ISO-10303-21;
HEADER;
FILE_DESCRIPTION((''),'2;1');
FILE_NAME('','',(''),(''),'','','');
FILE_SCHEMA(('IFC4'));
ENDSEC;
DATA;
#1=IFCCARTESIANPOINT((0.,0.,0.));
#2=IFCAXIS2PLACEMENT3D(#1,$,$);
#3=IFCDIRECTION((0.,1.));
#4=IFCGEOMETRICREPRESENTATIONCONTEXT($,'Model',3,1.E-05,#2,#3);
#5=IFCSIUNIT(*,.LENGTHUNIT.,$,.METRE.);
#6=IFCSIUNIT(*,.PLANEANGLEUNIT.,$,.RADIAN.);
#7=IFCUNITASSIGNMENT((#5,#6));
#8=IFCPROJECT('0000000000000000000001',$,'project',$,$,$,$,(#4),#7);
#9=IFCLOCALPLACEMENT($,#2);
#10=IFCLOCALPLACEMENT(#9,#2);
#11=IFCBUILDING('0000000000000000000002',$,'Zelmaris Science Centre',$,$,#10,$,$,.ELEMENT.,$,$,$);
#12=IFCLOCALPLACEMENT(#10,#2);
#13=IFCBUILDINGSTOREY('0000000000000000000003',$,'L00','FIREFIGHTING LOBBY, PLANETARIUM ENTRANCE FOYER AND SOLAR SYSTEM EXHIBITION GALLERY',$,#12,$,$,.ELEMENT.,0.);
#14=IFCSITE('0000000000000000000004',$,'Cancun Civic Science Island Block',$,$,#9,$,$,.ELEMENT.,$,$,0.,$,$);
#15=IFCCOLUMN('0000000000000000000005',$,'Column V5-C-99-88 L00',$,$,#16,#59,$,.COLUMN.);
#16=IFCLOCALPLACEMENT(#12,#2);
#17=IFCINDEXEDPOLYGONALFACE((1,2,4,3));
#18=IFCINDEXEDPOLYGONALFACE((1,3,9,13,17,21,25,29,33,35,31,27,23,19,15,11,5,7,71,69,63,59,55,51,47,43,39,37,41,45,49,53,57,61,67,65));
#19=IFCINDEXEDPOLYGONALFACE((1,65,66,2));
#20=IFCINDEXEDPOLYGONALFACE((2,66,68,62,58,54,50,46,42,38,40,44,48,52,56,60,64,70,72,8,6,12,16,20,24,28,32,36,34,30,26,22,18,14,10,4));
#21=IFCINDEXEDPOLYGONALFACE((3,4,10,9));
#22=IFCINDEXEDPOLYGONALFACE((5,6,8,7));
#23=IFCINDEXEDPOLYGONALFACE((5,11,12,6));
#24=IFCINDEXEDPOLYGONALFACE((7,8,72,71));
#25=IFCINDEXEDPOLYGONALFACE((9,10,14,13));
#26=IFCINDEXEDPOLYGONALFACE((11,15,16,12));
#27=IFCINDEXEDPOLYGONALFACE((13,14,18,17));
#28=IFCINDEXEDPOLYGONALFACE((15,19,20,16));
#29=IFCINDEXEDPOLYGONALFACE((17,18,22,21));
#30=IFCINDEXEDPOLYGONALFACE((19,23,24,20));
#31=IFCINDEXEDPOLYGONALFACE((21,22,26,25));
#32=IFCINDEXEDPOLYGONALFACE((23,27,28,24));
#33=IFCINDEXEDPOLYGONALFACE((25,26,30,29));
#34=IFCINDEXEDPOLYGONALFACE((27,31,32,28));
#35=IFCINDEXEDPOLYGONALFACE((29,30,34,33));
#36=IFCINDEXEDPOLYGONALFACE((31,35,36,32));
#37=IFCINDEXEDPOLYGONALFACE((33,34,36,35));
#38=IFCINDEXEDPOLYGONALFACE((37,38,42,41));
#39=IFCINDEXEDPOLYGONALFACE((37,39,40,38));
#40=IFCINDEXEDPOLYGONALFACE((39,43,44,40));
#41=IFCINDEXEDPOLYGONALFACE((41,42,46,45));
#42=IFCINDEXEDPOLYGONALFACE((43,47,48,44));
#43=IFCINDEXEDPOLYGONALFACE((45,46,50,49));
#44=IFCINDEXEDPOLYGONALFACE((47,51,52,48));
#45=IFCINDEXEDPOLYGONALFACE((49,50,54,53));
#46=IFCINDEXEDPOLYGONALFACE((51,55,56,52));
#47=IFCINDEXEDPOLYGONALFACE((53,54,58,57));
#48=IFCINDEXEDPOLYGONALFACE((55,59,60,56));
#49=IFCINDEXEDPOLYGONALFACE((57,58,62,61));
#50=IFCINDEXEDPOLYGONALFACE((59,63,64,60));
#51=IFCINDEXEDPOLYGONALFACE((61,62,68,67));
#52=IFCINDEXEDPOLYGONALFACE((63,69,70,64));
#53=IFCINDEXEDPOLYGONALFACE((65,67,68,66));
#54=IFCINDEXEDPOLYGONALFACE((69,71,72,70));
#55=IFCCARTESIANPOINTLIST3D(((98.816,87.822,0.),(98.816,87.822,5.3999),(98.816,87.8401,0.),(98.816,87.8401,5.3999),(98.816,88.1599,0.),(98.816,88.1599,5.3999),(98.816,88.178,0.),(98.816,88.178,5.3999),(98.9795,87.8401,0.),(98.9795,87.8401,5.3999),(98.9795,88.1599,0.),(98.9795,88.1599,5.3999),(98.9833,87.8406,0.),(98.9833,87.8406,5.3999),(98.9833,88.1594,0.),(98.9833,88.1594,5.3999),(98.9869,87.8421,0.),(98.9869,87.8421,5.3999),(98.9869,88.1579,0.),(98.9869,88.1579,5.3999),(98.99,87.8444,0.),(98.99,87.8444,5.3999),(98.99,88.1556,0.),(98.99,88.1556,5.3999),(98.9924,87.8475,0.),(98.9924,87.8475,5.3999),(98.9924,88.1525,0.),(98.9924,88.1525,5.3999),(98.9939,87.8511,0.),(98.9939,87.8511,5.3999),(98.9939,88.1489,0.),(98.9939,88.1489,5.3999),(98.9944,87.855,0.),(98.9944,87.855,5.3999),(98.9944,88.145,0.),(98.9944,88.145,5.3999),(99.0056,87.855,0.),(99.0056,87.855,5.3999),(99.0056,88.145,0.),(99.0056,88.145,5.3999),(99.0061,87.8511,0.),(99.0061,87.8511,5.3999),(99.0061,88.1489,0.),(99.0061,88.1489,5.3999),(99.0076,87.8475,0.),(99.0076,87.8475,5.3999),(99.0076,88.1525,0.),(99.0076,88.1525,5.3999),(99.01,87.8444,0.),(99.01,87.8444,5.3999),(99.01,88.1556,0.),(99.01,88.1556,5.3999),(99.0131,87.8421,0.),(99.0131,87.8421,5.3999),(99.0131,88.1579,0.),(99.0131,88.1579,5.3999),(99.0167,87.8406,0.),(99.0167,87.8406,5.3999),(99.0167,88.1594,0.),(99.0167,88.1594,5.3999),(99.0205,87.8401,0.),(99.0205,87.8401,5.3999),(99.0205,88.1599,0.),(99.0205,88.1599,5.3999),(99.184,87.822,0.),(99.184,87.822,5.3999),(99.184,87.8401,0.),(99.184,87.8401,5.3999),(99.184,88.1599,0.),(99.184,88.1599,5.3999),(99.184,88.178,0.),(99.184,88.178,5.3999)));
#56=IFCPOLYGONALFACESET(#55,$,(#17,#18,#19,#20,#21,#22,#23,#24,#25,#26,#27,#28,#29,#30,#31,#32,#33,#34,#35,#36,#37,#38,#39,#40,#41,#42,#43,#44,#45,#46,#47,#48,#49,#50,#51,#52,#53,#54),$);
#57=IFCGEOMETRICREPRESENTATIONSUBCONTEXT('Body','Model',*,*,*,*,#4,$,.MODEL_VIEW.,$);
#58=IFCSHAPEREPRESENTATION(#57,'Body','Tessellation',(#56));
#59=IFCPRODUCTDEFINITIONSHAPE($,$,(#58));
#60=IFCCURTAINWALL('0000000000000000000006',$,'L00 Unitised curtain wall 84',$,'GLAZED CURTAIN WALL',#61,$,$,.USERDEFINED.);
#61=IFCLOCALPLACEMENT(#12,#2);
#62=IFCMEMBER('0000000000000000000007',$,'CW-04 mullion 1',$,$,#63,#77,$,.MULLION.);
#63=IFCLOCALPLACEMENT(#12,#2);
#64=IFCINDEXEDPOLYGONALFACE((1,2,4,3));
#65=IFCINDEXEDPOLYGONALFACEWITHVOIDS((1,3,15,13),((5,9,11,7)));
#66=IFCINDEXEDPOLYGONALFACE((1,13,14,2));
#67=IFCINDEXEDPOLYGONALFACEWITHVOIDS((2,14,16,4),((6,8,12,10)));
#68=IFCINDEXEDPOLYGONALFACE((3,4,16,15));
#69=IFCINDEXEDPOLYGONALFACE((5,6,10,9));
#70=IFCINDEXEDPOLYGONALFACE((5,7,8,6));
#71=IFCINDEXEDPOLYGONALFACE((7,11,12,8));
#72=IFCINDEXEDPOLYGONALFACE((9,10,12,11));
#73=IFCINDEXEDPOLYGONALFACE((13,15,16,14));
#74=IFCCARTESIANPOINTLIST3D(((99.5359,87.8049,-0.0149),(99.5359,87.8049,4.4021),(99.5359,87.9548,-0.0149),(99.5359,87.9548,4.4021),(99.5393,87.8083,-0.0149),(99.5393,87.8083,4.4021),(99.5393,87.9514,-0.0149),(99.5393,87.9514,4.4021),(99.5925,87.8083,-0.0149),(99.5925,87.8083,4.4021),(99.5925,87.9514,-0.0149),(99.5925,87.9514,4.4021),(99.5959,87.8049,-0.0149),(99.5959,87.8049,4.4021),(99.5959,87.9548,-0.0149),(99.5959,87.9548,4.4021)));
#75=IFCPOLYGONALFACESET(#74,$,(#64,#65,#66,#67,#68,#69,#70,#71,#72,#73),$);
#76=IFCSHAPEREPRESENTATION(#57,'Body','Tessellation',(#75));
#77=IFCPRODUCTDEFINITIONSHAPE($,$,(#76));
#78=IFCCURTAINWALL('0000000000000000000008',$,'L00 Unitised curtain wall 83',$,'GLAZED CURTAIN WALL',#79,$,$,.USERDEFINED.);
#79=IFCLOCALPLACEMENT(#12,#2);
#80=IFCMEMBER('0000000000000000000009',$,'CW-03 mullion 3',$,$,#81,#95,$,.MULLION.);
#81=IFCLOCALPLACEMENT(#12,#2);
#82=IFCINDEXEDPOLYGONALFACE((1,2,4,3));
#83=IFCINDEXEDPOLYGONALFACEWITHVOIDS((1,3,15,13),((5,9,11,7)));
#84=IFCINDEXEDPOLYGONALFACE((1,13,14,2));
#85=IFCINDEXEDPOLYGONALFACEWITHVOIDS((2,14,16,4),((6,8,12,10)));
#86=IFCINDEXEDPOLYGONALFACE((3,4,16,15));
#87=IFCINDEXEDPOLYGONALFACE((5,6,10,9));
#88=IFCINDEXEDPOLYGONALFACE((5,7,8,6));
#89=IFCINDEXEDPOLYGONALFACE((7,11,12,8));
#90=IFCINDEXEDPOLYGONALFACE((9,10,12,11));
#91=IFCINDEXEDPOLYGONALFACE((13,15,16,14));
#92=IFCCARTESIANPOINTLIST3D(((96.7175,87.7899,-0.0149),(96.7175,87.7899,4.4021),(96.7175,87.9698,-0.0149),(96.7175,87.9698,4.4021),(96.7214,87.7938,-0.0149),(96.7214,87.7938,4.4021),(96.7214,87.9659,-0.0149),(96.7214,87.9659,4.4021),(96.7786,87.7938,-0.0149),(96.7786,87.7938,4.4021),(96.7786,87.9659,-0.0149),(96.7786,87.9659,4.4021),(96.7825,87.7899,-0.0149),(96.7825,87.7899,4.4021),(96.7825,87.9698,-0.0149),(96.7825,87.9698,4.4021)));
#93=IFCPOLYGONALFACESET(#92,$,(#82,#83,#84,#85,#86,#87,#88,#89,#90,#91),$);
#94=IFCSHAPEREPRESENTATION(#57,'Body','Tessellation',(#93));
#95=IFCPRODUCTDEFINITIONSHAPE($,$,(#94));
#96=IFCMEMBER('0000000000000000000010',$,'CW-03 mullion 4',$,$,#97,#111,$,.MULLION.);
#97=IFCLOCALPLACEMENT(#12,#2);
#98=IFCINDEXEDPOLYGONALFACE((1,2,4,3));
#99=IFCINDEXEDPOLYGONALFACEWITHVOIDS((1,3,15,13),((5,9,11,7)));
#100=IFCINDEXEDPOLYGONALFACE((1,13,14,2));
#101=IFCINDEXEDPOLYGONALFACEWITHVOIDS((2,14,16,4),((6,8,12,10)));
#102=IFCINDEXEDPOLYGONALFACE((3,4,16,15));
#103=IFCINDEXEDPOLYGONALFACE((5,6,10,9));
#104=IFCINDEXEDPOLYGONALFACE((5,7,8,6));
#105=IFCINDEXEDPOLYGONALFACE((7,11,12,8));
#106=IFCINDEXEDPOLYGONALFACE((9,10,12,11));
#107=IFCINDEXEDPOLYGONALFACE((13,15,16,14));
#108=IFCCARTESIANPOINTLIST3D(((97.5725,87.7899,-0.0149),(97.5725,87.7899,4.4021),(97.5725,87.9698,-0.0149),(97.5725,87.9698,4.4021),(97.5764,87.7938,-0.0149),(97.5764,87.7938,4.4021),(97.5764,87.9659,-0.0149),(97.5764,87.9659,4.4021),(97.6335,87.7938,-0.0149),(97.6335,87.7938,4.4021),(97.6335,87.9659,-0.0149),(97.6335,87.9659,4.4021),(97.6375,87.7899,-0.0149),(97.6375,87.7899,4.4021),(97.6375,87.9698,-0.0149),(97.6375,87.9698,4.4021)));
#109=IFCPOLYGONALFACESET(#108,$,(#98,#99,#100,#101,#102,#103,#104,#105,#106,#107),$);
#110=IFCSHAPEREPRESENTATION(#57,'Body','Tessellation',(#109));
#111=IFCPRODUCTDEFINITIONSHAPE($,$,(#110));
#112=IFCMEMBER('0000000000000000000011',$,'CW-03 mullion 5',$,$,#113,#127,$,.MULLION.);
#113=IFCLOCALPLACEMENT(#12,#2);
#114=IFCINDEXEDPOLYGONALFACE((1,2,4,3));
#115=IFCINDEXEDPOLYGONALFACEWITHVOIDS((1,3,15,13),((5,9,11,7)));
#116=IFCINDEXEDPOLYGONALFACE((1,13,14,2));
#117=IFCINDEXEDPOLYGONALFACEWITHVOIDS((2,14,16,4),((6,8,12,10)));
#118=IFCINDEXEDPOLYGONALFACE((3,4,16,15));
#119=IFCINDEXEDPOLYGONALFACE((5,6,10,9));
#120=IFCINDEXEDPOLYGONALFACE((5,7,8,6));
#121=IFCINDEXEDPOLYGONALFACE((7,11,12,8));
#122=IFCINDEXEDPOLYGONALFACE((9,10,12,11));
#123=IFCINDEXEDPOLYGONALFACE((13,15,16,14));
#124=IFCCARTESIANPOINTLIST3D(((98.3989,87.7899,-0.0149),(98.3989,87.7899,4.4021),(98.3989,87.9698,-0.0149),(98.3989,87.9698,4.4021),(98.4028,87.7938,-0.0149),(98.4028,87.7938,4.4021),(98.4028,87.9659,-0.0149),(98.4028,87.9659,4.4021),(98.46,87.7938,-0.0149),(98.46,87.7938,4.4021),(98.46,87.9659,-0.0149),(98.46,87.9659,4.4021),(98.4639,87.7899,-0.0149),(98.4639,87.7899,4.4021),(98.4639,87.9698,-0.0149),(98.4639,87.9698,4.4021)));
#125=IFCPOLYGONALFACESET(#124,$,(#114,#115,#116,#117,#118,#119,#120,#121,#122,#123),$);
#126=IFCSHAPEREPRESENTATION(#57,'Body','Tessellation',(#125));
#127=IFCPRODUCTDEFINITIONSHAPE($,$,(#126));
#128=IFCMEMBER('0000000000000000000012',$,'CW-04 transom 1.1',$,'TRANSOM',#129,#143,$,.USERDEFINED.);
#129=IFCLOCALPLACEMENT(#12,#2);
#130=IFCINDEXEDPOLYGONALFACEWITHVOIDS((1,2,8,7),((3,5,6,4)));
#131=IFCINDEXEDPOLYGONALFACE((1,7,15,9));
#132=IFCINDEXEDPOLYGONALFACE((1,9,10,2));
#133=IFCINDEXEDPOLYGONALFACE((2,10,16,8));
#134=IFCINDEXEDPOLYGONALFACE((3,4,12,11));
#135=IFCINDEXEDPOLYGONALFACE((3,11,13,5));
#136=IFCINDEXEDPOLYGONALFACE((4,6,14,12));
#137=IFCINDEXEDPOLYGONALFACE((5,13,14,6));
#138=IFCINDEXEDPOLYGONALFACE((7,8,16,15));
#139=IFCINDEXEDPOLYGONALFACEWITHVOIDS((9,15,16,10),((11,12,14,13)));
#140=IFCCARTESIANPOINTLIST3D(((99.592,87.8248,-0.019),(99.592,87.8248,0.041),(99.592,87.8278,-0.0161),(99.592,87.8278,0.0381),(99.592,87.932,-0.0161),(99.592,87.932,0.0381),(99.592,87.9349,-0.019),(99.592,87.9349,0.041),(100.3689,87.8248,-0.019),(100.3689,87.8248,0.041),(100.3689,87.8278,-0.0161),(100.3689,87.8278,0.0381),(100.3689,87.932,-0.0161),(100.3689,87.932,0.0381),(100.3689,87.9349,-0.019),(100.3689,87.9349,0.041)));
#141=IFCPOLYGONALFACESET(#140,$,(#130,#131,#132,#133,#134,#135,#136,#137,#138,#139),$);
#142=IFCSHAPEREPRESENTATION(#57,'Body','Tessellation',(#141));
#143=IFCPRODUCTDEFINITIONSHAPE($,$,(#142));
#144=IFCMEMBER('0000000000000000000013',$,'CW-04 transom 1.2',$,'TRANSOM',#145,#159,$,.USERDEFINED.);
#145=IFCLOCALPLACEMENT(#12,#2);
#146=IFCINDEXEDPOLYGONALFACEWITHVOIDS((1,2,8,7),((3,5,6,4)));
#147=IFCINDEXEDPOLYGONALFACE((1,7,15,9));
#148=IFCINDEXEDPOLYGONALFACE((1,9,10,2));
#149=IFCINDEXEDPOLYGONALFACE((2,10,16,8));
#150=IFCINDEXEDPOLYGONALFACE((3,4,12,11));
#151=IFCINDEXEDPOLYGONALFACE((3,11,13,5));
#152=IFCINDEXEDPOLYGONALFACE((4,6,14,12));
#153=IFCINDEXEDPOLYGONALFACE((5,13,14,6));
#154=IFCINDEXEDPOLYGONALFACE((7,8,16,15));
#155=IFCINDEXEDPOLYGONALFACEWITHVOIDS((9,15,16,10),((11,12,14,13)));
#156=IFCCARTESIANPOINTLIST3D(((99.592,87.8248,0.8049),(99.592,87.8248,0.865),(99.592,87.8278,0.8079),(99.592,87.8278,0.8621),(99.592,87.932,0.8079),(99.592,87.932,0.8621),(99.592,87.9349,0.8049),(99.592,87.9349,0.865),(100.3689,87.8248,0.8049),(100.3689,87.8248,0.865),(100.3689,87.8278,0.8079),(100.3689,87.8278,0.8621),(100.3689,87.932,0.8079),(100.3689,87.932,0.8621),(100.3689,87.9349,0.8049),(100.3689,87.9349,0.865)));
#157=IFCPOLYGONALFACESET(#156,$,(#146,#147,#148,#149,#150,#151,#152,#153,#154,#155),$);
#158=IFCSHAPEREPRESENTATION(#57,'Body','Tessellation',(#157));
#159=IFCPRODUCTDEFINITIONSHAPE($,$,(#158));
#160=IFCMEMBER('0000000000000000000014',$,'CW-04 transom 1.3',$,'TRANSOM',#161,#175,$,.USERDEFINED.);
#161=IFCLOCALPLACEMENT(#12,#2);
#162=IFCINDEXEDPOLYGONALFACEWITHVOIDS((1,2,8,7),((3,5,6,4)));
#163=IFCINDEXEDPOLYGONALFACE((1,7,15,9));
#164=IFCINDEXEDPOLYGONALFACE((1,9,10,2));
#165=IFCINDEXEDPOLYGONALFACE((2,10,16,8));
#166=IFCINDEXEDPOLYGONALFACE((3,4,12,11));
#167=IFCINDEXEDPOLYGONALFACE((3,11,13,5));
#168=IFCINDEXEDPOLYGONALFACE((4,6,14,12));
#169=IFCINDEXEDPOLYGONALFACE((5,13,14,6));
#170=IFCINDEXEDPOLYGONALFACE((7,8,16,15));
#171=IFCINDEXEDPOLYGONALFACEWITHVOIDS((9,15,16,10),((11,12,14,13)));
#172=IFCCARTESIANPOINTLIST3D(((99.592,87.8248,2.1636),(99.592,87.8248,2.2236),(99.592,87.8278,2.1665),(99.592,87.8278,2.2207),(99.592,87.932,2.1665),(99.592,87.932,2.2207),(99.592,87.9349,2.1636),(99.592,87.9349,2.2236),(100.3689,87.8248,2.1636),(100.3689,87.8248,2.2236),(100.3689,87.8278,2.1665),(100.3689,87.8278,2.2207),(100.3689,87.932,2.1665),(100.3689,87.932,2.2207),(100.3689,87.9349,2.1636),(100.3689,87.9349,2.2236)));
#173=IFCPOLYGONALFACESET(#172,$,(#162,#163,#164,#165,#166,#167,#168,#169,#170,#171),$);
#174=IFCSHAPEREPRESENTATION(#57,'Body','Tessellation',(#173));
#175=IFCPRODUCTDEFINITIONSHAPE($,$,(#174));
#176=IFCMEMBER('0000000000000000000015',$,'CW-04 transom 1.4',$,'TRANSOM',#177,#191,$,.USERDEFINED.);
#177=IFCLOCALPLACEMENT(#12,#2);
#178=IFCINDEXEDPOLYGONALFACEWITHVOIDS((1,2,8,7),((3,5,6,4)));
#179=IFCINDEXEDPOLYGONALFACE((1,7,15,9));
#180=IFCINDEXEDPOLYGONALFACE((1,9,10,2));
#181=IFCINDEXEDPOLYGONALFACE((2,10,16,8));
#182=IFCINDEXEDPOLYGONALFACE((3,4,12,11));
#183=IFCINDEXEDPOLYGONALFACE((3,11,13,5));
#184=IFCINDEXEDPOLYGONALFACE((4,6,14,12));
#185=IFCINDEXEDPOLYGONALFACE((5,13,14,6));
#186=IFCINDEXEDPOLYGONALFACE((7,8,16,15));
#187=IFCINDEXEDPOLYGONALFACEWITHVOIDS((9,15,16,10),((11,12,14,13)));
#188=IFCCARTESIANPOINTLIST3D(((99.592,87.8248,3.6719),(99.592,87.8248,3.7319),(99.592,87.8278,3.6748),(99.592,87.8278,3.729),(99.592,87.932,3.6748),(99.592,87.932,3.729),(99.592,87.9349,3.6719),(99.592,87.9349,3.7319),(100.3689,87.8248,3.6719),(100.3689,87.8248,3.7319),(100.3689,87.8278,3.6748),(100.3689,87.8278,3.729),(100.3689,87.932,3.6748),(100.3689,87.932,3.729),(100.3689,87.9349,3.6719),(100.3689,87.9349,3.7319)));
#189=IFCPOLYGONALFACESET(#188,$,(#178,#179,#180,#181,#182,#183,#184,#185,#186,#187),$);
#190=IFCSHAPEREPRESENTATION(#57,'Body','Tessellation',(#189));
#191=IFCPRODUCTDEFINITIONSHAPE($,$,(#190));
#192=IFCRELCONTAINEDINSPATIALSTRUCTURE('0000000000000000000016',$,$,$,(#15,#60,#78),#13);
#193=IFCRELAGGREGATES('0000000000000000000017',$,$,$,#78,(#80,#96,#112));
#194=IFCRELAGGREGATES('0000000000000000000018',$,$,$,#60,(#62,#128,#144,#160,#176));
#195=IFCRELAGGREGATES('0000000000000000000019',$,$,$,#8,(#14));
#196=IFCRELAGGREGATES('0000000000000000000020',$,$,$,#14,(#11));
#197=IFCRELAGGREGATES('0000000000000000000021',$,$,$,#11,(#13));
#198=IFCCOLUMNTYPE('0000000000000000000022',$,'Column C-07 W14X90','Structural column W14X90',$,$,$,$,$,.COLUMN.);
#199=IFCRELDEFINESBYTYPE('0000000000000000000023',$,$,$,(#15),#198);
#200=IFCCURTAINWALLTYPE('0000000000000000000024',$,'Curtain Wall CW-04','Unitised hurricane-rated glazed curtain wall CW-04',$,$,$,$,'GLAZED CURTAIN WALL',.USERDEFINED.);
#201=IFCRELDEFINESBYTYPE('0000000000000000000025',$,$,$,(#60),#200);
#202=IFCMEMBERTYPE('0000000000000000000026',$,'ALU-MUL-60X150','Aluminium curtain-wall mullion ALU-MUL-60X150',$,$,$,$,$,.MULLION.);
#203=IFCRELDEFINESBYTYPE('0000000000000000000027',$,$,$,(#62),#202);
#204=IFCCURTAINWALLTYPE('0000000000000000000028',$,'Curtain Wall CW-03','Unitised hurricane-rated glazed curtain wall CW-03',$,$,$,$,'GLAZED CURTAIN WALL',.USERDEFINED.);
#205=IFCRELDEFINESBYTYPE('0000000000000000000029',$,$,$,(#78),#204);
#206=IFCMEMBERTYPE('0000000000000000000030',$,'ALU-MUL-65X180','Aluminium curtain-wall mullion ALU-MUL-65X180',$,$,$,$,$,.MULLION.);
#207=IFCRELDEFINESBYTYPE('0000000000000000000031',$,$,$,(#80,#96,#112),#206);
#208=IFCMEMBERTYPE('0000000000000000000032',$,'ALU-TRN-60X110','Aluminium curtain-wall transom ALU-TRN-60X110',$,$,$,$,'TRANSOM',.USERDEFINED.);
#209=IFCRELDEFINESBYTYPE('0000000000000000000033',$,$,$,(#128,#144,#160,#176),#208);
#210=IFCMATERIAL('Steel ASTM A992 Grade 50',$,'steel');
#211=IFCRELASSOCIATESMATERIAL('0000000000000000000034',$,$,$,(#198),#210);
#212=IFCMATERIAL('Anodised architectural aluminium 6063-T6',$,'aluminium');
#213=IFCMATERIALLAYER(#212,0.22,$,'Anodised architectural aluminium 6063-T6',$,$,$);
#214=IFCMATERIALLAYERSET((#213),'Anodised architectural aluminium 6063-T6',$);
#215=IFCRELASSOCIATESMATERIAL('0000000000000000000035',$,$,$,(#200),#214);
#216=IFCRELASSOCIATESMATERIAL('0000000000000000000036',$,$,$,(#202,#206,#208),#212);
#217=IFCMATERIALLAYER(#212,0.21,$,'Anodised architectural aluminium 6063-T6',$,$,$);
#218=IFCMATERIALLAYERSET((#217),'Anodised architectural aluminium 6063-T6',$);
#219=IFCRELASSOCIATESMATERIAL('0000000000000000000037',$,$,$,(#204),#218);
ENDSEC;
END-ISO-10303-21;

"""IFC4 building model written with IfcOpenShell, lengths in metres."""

from ifc_helpers import new_model, si_unit, direction, frame, origin, origin_2d, place, context, subcontext, project, spatial, hollow_rectangle, i_section, extrude, material, layer, layer_set, material_profile, profile_set, type_object, element, aggregate, save


model = new_model("IFC4")

# Units and contexts
model_context = context("Model", 3, precision=1e-05, world=origin(), true_north=direction((0.0, 1.0)))
body_context = subcontext(model_context, "Body", "Model", "MODEL_VIEW")
ifc_project = project(units=[si_unit("LENGTHUNIT", "METRE"), si_unit("PLANEANGLEUNIT", "RADIAN")], contexts=[model_context])

# Site, building, storey
site_placement = place(None, origin())
site = spatial("IfcSite", under=ifc_project, at=site_placement, Name="Cancun Civic Science Island Block", CompositionType="ELEMENT", RefElevation=0.0)
building_placement = place(site_placement, origin())
building = spatial("IfcBuilding", under=site, at=building_placement, Name="Zelmaris Science Centre", CompositionType="ELEMENT")
storey_placement = place(building_placement, origin())
storey = spatial("IfcBuildingStorey", under=building, at=storey_placement, Name="L00", Description="FIREFIGHTING LOBBY, PLANETARIUM ENTRANCE FOYER AND SOLAR SYSTEM EXHIBITION GALLERY", CompositionType="ELEMENT", Elevation=0.0)

# Column
ifc_material_1 = material(Name="Steel ASTM A992 Grade 50", Category="steel")
ifc_material_profile_1 = material_profile(ifc_material_1, i_section(OverallWidth=0.3679, OverallDepth=0.356, WebThickness=0.0112, FlangeThickness=0.0181, FilletRadius=0.0149, at=origin_2d()), Name="W14X90")
ifc_profile_set_1 = profile_set([ifc_material_profile_1], Name="Steel ASTM A992 Grade 50")
column_type = type_object("IfcColumnType", Name="Column C-07 W14X90", Description="Structural column W14X90", PredefinedType="COLUMN", material=ifc_profile_set_1)
column_placement = place(storey_placement, frame((99.0, 88.0, 0.0), z_axis=(0.0, 0.0, 1.0), x_axis=(1.0, 0.0, 0.0)))
element("IfcColumn", 1, at=column_placement, inside=storey, type_object=column_type, Name="Column V5-C-99-88 L00", PredefinedType="COLUMN", context=body_context, shape_type="SweptSolid", body=[
    extrude(i_section(OverallWidth=0.3679, OverallDepth=0.356, WebThickness=0.0112, FlangeThickness=0.0181, FilletRadius=0.0149, at=origin_2d()), origin(), (0.0, 0.0, 1.0), 5.3999),
])

# Curtain wall, member
ifc_material_2 = material(Name="Anodised architectural aluminium 6063-T6", Category="aluminium")
ifc_layer_1 = layer(ifc_material_2, 0.22, Name="Anodised architectural aluminium 6063-T6")
ifc_layer_set_1 = layer_set([ifc_layer_1], Name="Anodised architectural aluminium 6063-T6")
curtain_wall_type_1 = type_object("IfcCurtainWallType", Name="Curtain Wall CW-04", Description="Unitised hurricane-rated glazed curtain wall CW-04", ElementType="GLAZED CURTAIN WALL", PredefinedType="USERDEFINED", material=ifc_layer_set_1)
curtain_wall_1_placement = place(storey_placement, origin())
curtain_wall_1 = element("IfcCurtainWall", 2, at=curtain_wall_1_placement, inside=storey, type_object=curtain_wall_type_1, Name="L00 Unitised curtain wall 84", ObjectType="GLAZED CURTAIN WALL", PredefinedType="USERDEFINED")
ifc_material_profile_2 = material_profile(ifc_material_2, hollow_rectangle(XDim=0.0601, YDim=0.1499, WallThickness=0.0034, at=origin_2d()), Name="ALU-MUL-60X150")
ifc_profile_set_2 = profile_set([ifc_material_profile_2], Name="Anodised architectural aluminium 6063-T6")
member_type_1 = type_object("IfcMemberType", Name="ALU-MUL-60X150", Description="Aluminium curtain-wall mullion ALU-MUL-60X150", PredefinedType="MULLION", material=ifc_profile_set_2)
member_1_placement = place(storey_placement, frame((99.5659, 87.8799, -0.0149), z_axis=(0.0, 0.0, 1.0), x_axis=(1.0, 0.0, 0.0)))
member_1 = element("IfcMember", 3, at=member_1_placement, type_object=member_type_1, Name="CW-04 mullion 1", PredefinedType="MULLION", context=body_context, shape_type="SweptSolid", body=[
    extrude(hollow_rectangle(XDim=0.0601, YDim=0.1499, WallThickness=0.0034, at=origin_2d()), origin(), (0.0, 0.0, 1.0), 4.417),
])

# Curtain wall, members
ifc_layer_2 = layer(ifc_material_2, 0.21, Name="Anodised architectural aluminium 6063-T6")
ifc_layer_set_2 = layer_set([ifc_layer_2], Name="Anodised architectural aluminium 6063-T6")
curtain_wall_type_2 = type_object("IfcCurtainWallType", Name="Curtain Wall CW-03", Description="Unitised hurricane-rated glazed curtain wall CW-03", ElementType="GLAZED CURTAIN WALL", PredefinedType="USERDEFINED", material=ifc_layer_set_2)
curtain_wall_2_placement = place(storey_placement, origin())
curtain_wall_2 = element("IfcCurtainWall", 4, at=curtain_wall_2_placement, inside=storey, type_object=curtain_wall_type_2, Name="L00 Unitised curtain wall 83", ObjectType="GLAZED CURTAIN WALL", PredefinedType="USERDEFINED")
ifc_material_profile_3 = material_profile(ifc_material_2, hollow_rectangle(XDim=0.0649, YDim=0.1799, WallThickness=0.0039, at=origin_2d()), Name="ALU-MUL-65X180")
ifc_profile_set_3 = profile_set([ifc_material_profile_3], Name="Anodised architectural aluminium 6063-T6")
member_type_2 = type_object("IfcMemberType", Name="ALU-MUL-65X180", Description="Aluminium curtain-wall mullion ALU-MUL-65X180", PredefinedType="MULLION", material=ifc_profile_set_3)
member_2_placement = place(storey_placement, frame((96.75, 87.8799, -0.0149), z_axis=(0.0, 0.0, 1.0), x_axis=(1.0, 0.0, 0.0)))
member_2 = element("IfcMember", 5, at=member_2_placement, type_object=member_type_2, Name="CW-03 mullion 3", PredefinedType="MULLION", context=body_context, shape_type="SweptSolid", body=[
    extrude(hollow_rectangle(XDim=0.0649, YDim=0.1799, WallThickness=0.0039, at=origin_2d()), origin(), (0.0, 0.0, 1.0), 4.417),
])
member_3_placement = place(storey_placement, frame((97.605, 87.8799, -0.0149), z_axis=(0.0, 0.0, 1.0), x_axis=(1.0, 0.0, 0.0)))
member_3 = element("IfcMember", 6, at=member_3_placement, type_object=member_type_2, Name="CW-03 mullion 4", PredefinedType="MULLION", context=body_context, shape_type="SweptSolid", body=[
    extrude(hollow_rectangle(XDim=0.0649, YDim=0.1799, WallThickness=0.0039, at=origin_2d()), origin(), (0.0, 0.0, 1.0), 4.417),
])
member_4_placement = place(storey_placement, frame((98.4314, 87.8799, -0.0149), z_axis=(0.0, 0.0, 1.0), x_axis=(1.0, 0.0, 0.0)))
member_4 = element("IfcMember", 7, at=member_4_placement, type_object=member_type_2, Name="CW-03 mullion 5", PredefinedType="MULLION", context=body_context, shape_type="SweptSolid", body=[
    extrude(hollow_rectangle(XDim=0.0649, YDim=0.1799, WallThickness=0.0039, at=origin_2d()), origin(), (0.0, 0.0, 1.0), 4.417),
])

# Members
ifc_material_profile_4 = material_profile(ifc_material_2, hollow_rectangle(XDim=0.0601, YDim=0.1101, WallThickness=0.0029, at=origin_2d()), Name="ALU-TRN-60X110")
ifc_profile_set_4 = profile_set([ifc_material_profile_4], Name="Anodised architectural aluminium 6063-T6")
member_type_3 = type_object("IfcMemberType", Name="ALU-TRN-60X110", Description="Aluminium curtain-wall transom ALU-TRN-60X110", ElementType="TRANSOM", PredefinedType="USERDEFINED", material=ifc_profile_set_4)
member_5_placement = place(storey_placement, frame((99.592, 87.8799, 0.011), z_axis=(1.0, 0.0, 0.0), x_axis=(0.0, 0.0, 1.0)))
member_5 = element("IfcMember", 8, at=member_5_placement, type_object=member_type_3, Name="CW-04 transom 1.1", ObjectType="TRANSOM", PredefinedType="USERDEFINED", context=body_context, shape_type="SweptSolid", body=[
    extrude(hollow_rectangle(XDim=0.0601, YDim=0.1101, WallThickness=0.0029, at=origin_2d()), origin(), (0.0, 0.0, 1.0), 0.7769),
])
member_6_placement = place(storey_placement, frame((99.592, 87.8799, 0.835), z_axis=(1.0, 0.0, 0.0), x_axis=(0.0, 0.0, 1.0)))
member_6 = element("IfcMember", 9, at=member_6_placement, type_object=member_type_3, Name="CW-04 transom 1.2", ObjectType="TRANSOM", PredefinedType="USERDEFINED", context=body_context, shape_type="SweptSolid", body=[
    extrude(hollow_rectangle(XDim=0.0601, YDim=0.1101, WallThickness=0.0029, at=origin_2d()), origin(), (0.0, 0.0, 1.0), 0.7769),
])
member_7_placement = place(storey_placement, frame((99.592, 87.8799, 2.1936), z_axis=(1.0, 0.0, 0.0), x_axis=(0.0, 0.0, 1.0)))
member_7 = element("IfcMember", 10, at=member_7_placement, type_object=member_type_3, Name="CW-04 transom 1.3", ObjectType="TRANSOM", PredefinedType="USERDEFINED", context=body_context, shape_type="SweptSolid", body=[
    extrude(hollow_rectangle(XDim=0.0601, YDim=0.1101, WallThickness=0.0029, at=origin_2d()), origin(), (0.0, 0.0, 1.0), 0.7769),
])
member_8_placement = place(storey_placement, frame((99.592, 87.8799, 3.7019), z_axis=(1.0, 0.0, 0.0), x_axis=(0.0, 0.0, 1.0)))
member_8 = element("IfcMember", 11, at=member_8_placement, type_object=member_type_3, Name="CW-04 transom 1.4", ObjectType="TRANSOM", PredefinedType="USERDEFINED", context=body_context, shape_type="SweptSolid", body=[
    extrude(hollow_rectangle(XDim=0.0601, YDim=0.1101, WallThickness=0.0029, at=origin_2d()), origin(), (0.0, 0.0, 1.0), 0.7769),
])

aggregate(curtain_wall_2, [member_2, member_3, member_4])
aggregate(curtain_wall_1, [member_1, member_5, member_6, member_7, member_8])

save(model, "model.ifc")
